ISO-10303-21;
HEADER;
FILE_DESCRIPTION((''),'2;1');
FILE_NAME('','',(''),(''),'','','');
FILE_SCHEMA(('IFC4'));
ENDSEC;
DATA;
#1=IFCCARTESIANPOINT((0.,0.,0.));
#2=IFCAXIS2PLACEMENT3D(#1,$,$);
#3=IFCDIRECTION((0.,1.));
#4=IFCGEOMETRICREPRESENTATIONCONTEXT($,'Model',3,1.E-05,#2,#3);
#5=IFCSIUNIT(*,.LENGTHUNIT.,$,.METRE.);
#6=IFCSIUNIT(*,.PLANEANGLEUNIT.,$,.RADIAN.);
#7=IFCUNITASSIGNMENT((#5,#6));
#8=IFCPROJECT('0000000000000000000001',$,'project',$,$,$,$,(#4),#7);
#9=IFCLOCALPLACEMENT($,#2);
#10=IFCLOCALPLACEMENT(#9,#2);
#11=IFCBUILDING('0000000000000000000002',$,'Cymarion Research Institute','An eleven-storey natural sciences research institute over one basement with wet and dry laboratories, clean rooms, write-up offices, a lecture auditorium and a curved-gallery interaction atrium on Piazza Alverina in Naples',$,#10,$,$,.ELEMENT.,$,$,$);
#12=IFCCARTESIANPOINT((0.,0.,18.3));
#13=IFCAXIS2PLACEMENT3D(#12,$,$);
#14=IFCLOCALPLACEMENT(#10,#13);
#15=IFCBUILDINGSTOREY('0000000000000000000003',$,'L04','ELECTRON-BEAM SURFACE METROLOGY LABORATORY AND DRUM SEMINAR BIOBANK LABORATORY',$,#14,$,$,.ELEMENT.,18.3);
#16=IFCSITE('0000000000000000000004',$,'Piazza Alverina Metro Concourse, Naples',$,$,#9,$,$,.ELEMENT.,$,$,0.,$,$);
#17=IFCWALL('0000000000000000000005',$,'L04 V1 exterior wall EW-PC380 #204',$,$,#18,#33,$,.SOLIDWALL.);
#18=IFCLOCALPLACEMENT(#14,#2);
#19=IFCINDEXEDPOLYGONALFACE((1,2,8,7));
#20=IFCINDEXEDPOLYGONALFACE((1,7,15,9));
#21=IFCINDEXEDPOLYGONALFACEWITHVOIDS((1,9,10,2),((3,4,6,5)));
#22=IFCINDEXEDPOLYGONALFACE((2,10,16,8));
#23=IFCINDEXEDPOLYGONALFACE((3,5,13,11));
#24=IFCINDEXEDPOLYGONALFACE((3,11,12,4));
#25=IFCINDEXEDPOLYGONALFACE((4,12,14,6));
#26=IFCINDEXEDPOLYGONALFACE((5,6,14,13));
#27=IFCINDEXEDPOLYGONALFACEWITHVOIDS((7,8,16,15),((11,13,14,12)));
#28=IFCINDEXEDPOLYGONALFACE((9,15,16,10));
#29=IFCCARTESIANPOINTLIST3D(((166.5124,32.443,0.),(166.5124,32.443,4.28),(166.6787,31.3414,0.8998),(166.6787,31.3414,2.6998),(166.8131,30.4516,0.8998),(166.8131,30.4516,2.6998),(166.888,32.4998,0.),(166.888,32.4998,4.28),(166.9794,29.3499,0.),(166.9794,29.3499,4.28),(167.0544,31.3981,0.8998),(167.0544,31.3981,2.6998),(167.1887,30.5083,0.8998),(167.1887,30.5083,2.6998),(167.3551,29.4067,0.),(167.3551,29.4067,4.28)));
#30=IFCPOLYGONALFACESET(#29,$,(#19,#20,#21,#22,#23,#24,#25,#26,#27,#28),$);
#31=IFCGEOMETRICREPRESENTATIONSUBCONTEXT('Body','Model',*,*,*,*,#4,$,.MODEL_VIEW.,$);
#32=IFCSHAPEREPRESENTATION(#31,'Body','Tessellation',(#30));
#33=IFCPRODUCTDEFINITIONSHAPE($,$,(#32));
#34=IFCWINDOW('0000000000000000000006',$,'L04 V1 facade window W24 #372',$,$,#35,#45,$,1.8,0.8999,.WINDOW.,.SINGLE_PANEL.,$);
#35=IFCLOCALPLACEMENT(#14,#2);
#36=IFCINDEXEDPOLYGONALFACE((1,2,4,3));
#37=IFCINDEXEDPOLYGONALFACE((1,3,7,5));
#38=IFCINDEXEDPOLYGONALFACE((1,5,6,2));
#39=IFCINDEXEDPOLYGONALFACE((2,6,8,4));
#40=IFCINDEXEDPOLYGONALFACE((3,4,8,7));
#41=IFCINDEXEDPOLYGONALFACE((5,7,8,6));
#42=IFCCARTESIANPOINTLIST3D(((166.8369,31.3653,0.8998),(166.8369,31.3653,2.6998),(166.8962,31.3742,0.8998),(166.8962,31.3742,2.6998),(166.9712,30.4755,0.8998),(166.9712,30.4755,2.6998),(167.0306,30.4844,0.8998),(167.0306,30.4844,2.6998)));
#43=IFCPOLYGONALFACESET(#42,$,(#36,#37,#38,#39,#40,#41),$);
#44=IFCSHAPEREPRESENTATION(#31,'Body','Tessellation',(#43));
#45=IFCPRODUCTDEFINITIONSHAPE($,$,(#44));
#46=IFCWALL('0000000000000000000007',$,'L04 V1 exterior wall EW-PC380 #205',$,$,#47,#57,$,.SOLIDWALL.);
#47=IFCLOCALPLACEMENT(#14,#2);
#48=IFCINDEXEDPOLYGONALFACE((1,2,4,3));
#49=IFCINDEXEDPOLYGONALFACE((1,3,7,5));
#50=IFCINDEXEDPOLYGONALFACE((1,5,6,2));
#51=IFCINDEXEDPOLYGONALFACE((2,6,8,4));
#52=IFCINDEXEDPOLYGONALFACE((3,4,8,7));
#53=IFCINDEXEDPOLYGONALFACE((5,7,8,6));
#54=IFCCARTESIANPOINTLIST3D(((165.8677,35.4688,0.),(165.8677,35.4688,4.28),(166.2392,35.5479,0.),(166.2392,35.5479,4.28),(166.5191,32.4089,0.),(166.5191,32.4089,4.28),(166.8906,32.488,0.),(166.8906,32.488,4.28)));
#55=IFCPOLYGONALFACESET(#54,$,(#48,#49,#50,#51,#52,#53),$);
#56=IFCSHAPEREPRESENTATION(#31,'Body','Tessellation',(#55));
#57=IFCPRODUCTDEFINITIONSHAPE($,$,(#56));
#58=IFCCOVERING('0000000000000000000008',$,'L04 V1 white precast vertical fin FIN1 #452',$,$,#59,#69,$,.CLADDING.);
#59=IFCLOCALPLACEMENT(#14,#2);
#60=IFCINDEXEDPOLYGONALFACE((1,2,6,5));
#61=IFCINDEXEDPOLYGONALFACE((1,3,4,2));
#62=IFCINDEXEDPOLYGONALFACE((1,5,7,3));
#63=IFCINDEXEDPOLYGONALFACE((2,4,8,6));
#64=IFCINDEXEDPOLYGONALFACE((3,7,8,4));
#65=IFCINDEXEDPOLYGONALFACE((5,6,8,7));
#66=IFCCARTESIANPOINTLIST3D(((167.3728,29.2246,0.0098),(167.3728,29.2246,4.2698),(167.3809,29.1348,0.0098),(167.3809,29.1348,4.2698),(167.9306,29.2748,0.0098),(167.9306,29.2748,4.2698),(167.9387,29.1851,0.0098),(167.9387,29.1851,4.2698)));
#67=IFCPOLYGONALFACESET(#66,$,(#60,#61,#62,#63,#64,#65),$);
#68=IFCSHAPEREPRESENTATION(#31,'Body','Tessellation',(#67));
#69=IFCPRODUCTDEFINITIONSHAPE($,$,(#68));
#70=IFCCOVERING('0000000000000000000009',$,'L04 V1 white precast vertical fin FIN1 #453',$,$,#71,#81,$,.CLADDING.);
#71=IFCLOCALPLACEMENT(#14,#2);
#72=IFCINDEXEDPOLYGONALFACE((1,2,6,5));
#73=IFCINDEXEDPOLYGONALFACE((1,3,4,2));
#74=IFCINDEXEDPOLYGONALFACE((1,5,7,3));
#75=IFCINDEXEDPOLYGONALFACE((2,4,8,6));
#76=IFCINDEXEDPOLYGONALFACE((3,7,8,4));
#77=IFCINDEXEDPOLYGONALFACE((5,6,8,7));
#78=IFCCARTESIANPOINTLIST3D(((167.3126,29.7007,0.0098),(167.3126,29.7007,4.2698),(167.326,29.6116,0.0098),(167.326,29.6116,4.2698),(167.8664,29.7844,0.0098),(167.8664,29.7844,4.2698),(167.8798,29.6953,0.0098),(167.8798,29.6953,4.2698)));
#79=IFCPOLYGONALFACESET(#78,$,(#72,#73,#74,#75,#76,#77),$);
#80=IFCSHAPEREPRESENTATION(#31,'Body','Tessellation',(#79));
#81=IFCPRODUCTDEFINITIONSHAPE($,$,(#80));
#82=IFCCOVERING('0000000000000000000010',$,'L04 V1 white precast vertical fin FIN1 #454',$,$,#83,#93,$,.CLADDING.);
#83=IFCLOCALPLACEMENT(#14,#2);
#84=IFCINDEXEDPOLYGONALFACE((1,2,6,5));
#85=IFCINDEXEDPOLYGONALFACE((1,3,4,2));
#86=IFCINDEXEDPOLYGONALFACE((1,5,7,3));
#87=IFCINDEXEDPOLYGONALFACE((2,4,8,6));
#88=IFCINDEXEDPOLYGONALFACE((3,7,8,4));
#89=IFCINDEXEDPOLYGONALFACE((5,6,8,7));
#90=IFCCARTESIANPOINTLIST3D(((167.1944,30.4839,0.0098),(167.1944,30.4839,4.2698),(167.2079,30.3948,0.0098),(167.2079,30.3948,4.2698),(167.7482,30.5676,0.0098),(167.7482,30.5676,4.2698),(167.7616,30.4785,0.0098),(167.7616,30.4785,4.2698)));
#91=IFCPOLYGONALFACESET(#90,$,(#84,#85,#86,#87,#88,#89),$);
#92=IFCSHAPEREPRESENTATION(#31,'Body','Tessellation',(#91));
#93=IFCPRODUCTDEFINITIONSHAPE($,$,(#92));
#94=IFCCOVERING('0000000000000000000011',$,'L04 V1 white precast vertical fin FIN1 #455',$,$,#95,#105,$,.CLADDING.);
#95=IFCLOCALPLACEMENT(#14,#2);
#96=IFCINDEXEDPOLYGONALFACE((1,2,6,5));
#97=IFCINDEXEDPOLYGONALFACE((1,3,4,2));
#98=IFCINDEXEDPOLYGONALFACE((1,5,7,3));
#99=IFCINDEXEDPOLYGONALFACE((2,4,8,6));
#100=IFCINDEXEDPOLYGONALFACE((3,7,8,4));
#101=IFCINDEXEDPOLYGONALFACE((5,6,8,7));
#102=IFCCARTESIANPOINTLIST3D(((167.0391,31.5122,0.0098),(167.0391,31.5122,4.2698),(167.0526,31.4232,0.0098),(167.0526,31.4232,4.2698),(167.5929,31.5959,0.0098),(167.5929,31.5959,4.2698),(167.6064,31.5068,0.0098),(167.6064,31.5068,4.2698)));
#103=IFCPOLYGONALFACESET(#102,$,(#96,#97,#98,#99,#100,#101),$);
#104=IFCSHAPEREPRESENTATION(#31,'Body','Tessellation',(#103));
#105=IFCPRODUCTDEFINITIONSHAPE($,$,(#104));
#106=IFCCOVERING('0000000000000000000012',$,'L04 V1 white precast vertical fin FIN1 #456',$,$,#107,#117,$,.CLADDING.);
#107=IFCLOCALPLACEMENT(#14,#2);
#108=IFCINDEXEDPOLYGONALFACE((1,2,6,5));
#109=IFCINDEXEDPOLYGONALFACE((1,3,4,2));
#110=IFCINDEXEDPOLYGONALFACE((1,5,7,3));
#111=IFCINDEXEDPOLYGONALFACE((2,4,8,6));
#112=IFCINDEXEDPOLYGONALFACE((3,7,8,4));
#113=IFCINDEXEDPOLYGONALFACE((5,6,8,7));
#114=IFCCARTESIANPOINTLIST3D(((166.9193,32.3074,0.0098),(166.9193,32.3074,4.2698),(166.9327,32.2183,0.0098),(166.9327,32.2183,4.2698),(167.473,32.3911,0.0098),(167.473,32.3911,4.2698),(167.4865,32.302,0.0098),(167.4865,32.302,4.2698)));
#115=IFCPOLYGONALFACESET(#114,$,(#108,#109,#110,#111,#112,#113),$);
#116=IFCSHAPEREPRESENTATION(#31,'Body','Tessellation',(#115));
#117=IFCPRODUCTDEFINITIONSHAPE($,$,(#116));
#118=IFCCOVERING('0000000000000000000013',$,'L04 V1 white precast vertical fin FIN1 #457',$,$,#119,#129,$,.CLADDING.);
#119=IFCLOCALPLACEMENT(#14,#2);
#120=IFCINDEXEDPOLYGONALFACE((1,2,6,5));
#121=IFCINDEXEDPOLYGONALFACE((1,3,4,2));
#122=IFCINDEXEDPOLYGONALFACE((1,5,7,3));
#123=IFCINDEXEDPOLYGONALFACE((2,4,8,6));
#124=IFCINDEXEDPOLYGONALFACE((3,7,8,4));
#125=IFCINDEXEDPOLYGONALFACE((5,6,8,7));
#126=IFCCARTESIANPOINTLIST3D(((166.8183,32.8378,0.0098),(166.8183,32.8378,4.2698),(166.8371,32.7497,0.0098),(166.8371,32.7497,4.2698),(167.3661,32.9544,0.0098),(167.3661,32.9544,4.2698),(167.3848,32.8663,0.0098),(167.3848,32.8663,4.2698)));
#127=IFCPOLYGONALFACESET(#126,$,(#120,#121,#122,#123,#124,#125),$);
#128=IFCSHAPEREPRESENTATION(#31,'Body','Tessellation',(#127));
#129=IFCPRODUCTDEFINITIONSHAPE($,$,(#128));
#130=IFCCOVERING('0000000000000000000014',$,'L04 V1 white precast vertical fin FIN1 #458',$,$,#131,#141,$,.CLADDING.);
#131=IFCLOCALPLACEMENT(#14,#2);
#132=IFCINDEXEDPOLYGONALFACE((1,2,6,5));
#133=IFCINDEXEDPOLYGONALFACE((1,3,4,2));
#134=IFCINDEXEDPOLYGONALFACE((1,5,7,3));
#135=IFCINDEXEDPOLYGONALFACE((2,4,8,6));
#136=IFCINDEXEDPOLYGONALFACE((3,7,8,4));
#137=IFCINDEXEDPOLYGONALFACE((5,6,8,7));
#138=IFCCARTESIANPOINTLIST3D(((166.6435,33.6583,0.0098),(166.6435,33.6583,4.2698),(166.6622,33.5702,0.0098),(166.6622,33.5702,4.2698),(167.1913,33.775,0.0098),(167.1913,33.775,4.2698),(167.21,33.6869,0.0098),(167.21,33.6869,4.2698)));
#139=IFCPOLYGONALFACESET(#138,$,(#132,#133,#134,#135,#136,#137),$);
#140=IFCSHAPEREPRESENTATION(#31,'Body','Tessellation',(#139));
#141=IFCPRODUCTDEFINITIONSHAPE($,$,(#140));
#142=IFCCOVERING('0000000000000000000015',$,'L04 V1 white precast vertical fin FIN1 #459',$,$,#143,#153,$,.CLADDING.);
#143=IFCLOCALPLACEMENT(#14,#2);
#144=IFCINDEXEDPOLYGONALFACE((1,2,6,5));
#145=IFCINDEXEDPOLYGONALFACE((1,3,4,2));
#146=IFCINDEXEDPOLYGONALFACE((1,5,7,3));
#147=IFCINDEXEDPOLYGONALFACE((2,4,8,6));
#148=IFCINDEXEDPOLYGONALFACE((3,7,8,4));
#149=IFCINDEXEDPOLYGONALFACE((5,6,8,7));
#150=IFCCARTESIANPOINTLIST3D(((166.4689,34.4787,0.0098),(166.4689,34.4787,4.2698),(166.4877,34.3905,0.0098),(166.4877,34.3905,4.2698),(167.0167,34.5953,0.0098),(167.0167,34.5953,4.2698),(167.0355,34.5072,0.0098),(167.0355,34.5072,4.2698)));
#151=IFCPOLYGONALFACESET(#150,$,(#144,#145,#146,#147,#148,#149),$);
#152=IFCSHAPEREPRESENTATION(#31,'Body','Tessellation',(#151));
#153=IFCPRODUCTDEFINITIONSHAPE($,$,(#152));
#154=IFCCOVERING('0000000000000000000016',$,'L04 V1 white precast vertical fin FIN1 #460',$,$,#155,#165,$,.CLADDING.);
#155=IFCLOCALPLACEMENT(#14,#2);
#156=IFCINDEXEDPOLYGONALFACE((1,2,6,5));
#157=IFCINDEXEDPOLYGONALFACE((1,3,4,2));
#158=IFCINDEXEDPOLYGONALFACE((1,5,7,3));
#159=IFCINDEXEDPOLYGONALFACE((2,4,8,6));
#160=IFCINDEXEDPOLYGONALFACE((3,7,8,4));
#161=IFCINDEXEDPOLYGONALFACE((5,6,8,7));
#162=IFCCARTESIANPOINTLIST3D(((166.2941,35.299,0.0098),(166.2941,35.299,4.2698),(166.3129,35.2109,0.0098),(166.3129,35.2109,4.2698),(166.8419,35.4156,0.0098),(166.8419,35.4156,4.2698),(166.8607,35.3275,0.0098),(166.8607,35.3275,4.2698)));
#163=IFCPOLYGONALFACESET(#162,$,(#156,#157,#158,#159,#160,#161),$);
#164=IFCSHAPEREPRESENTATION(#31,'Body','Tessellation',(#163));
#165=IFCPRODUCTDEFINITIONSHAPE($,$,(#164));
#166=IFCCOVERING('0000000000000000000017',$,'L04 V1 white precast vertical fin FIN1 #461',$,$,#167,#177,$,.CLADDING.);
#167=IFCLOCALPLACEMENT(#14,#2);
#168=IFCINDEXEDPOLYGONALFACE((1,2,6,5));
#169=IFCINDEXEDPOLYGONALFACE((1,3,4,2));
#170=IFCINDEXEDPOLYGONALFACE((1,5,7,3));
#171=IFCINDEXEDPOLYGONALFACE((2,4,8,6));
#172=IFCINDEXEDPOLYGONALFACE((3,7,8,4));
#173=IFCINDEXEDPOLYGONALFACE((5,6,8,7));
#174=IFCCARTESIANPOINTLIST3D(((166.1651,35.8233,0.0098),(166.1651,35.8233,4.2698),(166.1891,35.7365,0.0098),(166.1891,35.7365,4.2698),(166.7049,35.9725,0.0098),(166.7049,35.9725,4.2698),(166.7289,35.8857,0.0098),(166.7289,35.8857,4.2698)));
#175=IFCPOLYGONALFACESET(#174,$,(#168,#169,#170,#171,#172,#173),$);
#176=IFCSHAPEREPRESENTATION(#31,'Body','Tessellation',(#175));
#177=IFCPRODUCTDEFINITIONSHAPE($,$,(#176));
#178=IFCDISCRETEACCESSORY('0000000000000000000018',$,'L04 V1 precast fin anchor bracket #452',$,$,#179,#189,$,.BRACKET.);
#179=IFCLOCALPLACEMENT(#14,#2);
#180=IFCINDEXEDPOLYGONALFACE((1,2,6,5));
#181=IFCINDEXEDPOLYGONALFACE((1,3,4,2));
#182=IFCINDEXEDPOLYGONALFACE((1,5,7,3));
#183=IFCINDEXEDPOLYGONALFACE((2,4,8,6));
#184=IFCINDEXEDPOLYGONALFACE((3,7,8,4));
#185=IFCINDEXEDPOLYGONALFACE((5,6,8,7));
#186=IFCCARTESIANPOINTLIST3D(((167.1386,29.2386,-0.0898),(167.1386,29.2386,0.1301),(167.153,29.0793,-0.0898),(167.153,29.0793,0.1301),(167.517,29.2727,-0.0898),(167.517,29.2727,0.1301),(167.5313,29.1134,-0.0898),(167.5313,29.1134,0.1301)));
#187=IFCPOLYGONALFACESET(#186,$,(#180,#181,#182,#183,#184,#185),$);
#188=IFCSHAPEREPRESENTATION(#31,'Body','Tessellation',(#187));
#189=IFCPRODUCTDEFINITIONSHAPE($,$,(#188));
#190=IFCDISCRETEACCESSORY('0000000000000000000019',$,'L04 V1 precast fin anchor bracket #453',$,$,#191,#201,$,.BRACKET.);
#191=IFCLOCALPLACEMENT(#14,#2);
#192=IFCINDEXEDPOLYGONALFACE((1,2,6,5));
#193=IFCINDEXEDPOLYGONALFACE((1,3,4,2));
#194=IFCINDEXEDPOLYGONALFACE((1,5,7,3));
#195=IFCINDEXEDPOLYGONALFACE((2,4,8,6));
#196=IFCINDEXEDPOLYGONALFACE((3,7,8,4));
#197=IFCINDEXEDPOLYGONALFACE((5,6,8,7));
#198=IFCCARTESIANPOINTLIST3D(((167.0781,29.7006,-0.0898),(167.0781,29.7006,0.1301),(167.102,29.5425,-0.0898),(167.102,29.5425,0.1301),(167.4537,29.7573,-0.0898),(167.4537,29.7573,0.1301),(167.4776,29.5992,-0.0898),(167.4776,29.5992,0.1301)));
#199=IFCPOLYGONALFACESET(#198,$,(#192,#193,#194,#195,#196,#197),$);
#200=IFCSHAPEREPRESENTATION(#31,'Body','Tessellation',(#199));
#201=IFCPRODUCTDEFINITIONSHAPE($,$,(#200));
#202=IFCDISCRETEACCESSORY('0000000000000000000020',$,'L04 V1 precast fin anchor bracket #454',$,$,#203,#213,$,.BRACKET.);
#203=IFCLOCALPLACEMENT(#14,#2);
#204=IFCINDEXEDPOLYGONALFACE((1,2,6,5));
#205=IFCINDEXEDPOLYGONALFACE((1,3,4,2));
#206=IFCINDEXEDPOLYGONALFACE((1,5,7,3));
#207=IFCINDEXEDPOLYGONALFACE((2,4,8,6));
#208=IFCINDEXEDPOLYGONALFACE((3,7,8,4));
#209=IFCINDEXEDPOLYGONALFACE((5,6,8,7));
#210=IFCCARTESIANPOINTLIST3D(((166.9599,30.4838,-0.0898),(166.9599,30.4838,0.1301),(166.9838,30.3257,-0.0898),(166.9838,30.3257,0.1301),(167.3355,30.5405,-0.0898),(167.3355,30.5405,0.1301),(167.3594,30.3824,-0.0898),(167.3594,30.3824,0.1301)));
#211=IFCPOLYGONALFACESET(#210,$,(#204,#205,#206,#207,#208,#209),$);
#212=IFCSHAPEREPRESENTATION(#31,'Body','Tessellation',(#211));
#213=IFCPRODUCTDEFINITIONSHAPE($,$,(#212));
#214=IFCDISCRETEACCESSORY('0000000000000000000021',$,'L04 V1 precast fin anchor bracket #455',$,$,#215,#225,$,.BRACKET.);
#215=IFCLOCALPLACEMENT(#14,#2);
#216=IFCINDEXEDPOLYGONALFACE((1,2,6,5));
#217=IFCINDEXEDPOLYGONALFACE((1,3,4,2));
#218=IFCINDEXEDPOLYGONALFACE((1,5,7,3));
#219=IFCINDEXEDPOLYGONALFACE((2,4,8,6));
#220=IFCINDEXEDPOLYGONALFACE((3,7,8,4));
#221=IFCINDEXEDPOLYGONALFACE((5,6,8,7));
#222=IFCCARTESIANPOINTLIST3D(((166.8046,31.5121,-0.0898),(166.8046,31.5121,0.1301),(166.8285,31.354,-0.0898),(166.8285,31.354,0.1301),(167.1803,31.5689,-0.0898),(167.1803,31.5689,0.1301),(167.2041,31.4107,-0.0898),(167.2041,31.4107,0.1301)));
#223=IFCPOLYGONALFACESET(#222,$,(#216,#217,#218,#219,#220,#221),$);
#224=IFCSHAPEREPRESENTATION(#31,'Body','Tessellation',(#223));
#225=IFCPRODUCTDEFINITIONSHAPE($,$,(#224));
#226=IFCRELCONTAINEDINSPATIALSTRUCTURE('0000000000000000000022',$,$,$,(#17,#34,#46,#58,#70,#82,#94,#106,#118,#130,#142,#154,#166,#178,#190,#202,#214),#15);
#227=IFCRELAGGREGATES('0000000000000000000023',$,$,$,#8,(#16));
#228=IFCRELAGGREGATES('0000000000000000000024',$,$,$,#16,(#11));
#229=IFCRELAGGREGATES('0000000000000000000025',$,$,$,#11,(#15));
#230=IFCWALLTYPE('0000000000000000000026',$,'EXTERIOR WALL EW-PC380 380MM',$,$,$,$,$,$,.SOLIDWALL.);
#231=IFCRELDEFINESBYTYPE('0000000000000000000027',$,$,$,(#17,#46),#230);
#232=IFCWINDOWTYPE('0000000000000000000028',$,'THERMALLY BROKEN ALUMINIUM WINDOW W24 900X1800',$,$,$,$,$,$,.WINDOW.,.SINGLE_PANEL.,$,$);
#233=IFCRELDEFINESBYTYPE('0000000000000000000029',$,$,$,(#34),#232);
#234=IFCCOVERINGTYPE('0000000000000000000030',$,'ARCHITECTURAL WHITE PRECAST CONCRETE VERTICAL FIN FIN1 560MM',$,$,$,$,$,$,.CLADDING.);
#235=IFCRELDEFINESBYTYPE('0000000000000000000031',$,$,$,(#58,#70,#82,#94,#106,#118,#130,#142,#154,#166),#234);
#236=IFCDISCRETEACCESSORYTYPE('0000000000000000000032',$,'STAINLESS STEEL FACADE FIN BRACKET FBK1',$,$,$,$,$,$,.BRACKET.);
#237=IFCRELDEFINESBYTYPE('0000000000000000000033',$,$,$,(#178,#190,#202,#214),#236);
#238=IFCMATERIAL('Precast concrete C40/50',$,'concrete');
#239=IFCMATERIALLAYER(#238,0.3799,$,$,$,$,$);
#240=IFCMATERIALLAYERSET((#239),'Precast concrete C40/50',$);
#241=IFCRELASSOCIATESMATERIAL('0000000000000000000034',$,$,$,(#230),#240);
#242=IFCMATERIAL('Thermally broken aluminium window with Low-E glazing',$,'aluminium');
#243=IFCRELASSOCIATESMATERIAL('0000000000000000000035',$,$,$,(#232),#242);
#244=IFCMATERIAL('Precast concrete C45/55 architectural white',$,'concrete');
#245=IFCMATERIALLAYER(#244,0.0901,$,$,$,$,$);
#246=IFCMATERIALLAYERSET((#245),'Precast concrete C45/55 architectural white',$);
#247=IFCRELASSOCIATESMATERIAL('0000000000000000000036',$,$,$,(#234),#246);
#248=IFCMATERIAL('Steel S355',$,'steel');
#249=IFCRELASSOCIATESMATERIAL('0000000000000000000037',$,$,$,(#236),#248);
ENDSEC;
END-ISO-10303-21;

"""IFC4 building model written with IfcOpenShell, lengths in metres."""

from ifc_helpers import new_model, si_unit, direction, frame, frame_2d, origin, origin_2d, place, context, subcontext, project, spatial, rectangle, extrude, material, layer, layer_set, type_object, element, fill, save


model = new_model("IFC4")

# Units and contexts
model_context = context("Model", 3, precision=1e-05, world=origin(), true_north=direction((0.0, 1.0)))
body_context = subcontext(model_context, "Body", "Model", "MODEL_VIEW")
ifc_project = project(units=[si_unit("LENGTHUNIT", "METRE"), si_unit("PLANEANGLEUNIT", "RADIAN")], contexts=[model_context])

# Site, building, storey
site_placement = place(None, origin())
site = spatial("IfcSite", under=ifc_project, at=site_placement, Name="Piazza Alverina Metro Concourse, Naples", CompositionType="ELEMENT", RefElevation=0.0)
building_placement = place(site_placement, origin())
building = spatial("IfcBuilding", under=site, at=building_placement, Name="Cymarion Research Institute", Description="An eleven-storey natural sciences research institute over one basement with wet and dry laboratories, clean rooms, write-up offices, a lecture auditorium and a curved-gallery interaction atrium on Piazza Alverina in Naples", CompositionType="ELEMENT")
storey_placement = place(building_placement, frame((0.0, 0.0, 18.3)))
storey = spatial("IfcBuildingStorey", under=building, at=storey_placement, Name="L04", Description="ELECTRON-BEAM SURFACE METROLOGY LABORATORY AND DRUM SEMINAR BIOBANK LABORATORY", CompositionType="ELEMENT", Elevation=18.3)

# Wall, opening, window
ifc_material_1 = material(Name="Precast concrete C40/50", Category="concrete")
ifc_layer_1 = layer(ifc_material_1, 0.3799)
ifc_layer_set_1 = layer_set([ifc_layer_1], Name="Precast concrete C40/50")
wall_type = type_object("IfcWallType", Name="EXTERIOR WALL EW-PC380 380MM", PredefinedType="SOLIDWALL", material=ifc_layer_set_1)
wall_1_placement = place(storey_placement, frame((167.1672, 29.3784, 0.0), z_axis=(0.0, 0.0, 1.0), x_axis=(-0.149306, 0.988791, 0.0)))
wall_1 = element("IfcWall", 1, at=wall_1_placement, inside=storey, type_object=wall_type, Name="L04 V1 exterior wall EW-PC380 #204", PredefinedType="SOLIDWALL", context=body_context, shape_type="SweptSolid", body=[
    extrude(rectangle(XDim=3.1282, YDim=0.3799, at=frame_2d((1.564, 0.0))), origin(), (0.0, 0.0, 1.0), 4.28),
])
opening_placement = place(wall_1_placement, frame((1.114, 0.0, 0.8999)))
opening = element("IfcOpeningElement", 2, at=opening_placement, cuts=wall_1, PredefinedType="OPENING", context=body_context, shape_type="SweptSolid", body=[
    extrude(rectangle(XDim=0.8999, YDim=1.8, at=frame_2d((0.45, 0.8999))), frame((0.0, 0.2, 0.0), z_axis=(0.0, -1.0, 0.0), x_axis=(1.0, 0.0, 0.0)), (0.0, 0.0, 1.0), 0.3999),
])
ifc_material_2 = material(Name="Thermally broken aluminium window with Low-E glazing", Category="aluminium")
window_type = type_object("IfcWindowType", Name="THERMALLY BROKEN ALUMINIUM WINDOW W24 900X1800", PartitioningType="SINGLE_PANEL", PredefinedType="WINDOW", material=ifc_material_2)
window_placement = place(opening_placement, origin())
window = element("IfcWindow", 3, at=window_placement, inside=storey, type_object=window_type, Name="L04 V1 facade window W24 #372", OverallHeight=1.8, OverallWidth=0.8999, PartitioningType="SINGLE_PANEL", PredefinedType="WINDOW", context=body_context, shape_type="SweptSolid", body=[
    extrude(rectangle(XDim=0.8999, YDim=1.8, at=frame_2d((0.45, 0.8999))), frame((0.0, 0.03, 0.0), z_axis=(0.0, -1.0, 0.0), x_axis=(1.0, 0.0, 0.0)), (0.0, 0.0, 1.0), 0.0601),
])
fill(opening, window)

# Wall
wall_2_placement = place(storey_placement, frame((166.7048, 32.4485, 0.0), z_axis=(0.0, 0.0, 1.0), x_axis=(-0.208212, 0.978084, 0.0)))
element("IfcWall", 4, at=wall_2_placement, inside=storey, type_object=wall_type, Name="L04 V1 exterior wall EW-PC380 #205", PredefinedType="SOLIDWALL", context=body_context, shape_type="SweptSolid", body=[
    extrude(rectangle(XDim=3.1284, YDim=0.3799, at=frame_2d((1.5642, 0.0))), origin(), (0.0, 0.0, 1.0), 4.28),
])

# Coverings
ifc_material_3 = material(Name="Precast concrete C45/55 architectural white", Category="concrete")
ifc_layer_2 = layer(ifc_material_3, 0.0901)
ifc_layer_set_2 = layer_set([ifc_layer_2], Name="Precast concrete C45/55 architectural white")
covering_type = type_object("IfcCoveringType", Name="ARCHITECTURAL WHITE PRECAST CONCRETE VERTICAL FIN FIN1 560MM", PredefinedType="CLADDING", material=ifc_layer_set_2)
for number, where, z_axis, x_axis, name in (
    (5, (167.6558, 29.2048, 0.0098), (0.0, 0.0, 1.0), (0.995963, 0.089763, 0.0), "L04 V1 white precast vertical fin FIN1 #452"),
    (6, (167.5962, 29.698, 0.0098), (0.0, 0.0, 1.0), (0.988782, 0.149363, 0.0), "L04 V1 white precast vertical fin FIN1 #453"),
    (7, (167.478, 30.4812, 0.0098), (0.0, 0.0, 1.0), (0.988782, 0.149363, 0.0), "L04 V1 white precast vertical fin FIN1 #454"),
    (8, (167.3228, 31.5095, 0.0098), (0.0, 0.0, 1.0), (0.988782, 0.149363, 0.0), "L04 V1 white precast vertical fin FIN1 #455"),
    (9, (167.2029, 32.3047, 0.0098), (0.0, 0.0, 1.0), (0.988782, 0.149363, 0.0), "L04 V1 white precast vertical fin FIN1 #456"),
    (10, (167.1016, 32.8521, 0.0098), (0.0, 0.0, 1.0), (0.978075, 0.208253, 0.0), "L04 V1 white precast vertical fin FIN1 #457"),
    (11, (166.9268, 33.6726, 0.0098), (0.0, 0.0, 1.0), (0.978075, 0.208253, 0.0), "L04 V1 white precast vertical fin FIN1 #458"),
    (12, (166.7522, 34.4929, 0.0098), (0.0, 0.0, 1.0), (0.978075, 0.208253, 0.0), "L04 V1 white precast vertical fin FIN1 #459"),
    (13, (166.5774, 35.3132, 0.0098), (0.0, 0.0, 1.0), (0.978075, 0.208253, 0.0), "L04 V1 white precast vertical fin FIN1 #460"),
    (14, (166.447, 35.8545, 0.0098), (0.0, 0.0, 1.0), (0.963863, 0.266397, 0.0), "L04 V1 white precast vertical fin FIN1 #461"),
):
    element("IfcCovering", number, at=place(storey_placement, frame(where, z_axis=z_axis, x_axis=x_axis)), inside=storey, type_object=covering_type, Name=name, PredefinedType="CLADDING", context=body_context, shape_type="SweptSolid", body=[
        extrude(rectangle(XDim=0.5601, YDim=0.0901, at=origin_2d()), origin(), (0.0, 0.0, 1.0), 4.26),
    ])

# Discrete accessories
ifc_material_4 = material(Name="Steel S355", Category="steel")
discrete_accessory_type = type_object("IfcDiscreteAccessoryType", Name="STAINLESS STEEL FACADE FIN BRACKET FBK1", PredefinedType="BRACKET", material=ifc_material_4)
for number, where, z_axis, x_axis, name in (
    (15, (167.335, 29.176, -0.0898), (0.0, 0.0, 1.0), (0.995963, 0.089763, 0.0), "L04 V1 precast fin anchor bracket #452"),
    (16, (167.2778, 29.6499, -0.0898), (0.0, 0.0, 1.0), (0.988782, 0.149363, 0.0), "L04 V1 precast fin anchor bracket #453"),
    (17, (167.1597, 30.4331, -0.0898), (0.0, 0.0, 1.0), (0.988782, 0.149363, 0.0), "L04 V1 precast fin anchor bracket #454"),
    (18, (167.0044, 31.4614, -0.0898), (0.0, 0.0, 1.0), (0.988782, 0.149363, 0.0), "L04 V1 precast fin anchor bracket #455"),
):
    element("IfcDiscreteAccessory", number, at=place(storey_placement, frame(where, z_axis=z_axis, x_axis=x_axis)), inside=storey, type_object=discrete_accessory_type, Name=name, PredefinedType="BRACKET", context=body_context, shape_type="SweptSolid", body=[
        extrude(rectangle(XDim=0.3799, YDim=0.1599, at=origin_2d()), origin(), (0.0, 0.0, 1.0), 0.22),
    ])

save(model, "model.ifc")
